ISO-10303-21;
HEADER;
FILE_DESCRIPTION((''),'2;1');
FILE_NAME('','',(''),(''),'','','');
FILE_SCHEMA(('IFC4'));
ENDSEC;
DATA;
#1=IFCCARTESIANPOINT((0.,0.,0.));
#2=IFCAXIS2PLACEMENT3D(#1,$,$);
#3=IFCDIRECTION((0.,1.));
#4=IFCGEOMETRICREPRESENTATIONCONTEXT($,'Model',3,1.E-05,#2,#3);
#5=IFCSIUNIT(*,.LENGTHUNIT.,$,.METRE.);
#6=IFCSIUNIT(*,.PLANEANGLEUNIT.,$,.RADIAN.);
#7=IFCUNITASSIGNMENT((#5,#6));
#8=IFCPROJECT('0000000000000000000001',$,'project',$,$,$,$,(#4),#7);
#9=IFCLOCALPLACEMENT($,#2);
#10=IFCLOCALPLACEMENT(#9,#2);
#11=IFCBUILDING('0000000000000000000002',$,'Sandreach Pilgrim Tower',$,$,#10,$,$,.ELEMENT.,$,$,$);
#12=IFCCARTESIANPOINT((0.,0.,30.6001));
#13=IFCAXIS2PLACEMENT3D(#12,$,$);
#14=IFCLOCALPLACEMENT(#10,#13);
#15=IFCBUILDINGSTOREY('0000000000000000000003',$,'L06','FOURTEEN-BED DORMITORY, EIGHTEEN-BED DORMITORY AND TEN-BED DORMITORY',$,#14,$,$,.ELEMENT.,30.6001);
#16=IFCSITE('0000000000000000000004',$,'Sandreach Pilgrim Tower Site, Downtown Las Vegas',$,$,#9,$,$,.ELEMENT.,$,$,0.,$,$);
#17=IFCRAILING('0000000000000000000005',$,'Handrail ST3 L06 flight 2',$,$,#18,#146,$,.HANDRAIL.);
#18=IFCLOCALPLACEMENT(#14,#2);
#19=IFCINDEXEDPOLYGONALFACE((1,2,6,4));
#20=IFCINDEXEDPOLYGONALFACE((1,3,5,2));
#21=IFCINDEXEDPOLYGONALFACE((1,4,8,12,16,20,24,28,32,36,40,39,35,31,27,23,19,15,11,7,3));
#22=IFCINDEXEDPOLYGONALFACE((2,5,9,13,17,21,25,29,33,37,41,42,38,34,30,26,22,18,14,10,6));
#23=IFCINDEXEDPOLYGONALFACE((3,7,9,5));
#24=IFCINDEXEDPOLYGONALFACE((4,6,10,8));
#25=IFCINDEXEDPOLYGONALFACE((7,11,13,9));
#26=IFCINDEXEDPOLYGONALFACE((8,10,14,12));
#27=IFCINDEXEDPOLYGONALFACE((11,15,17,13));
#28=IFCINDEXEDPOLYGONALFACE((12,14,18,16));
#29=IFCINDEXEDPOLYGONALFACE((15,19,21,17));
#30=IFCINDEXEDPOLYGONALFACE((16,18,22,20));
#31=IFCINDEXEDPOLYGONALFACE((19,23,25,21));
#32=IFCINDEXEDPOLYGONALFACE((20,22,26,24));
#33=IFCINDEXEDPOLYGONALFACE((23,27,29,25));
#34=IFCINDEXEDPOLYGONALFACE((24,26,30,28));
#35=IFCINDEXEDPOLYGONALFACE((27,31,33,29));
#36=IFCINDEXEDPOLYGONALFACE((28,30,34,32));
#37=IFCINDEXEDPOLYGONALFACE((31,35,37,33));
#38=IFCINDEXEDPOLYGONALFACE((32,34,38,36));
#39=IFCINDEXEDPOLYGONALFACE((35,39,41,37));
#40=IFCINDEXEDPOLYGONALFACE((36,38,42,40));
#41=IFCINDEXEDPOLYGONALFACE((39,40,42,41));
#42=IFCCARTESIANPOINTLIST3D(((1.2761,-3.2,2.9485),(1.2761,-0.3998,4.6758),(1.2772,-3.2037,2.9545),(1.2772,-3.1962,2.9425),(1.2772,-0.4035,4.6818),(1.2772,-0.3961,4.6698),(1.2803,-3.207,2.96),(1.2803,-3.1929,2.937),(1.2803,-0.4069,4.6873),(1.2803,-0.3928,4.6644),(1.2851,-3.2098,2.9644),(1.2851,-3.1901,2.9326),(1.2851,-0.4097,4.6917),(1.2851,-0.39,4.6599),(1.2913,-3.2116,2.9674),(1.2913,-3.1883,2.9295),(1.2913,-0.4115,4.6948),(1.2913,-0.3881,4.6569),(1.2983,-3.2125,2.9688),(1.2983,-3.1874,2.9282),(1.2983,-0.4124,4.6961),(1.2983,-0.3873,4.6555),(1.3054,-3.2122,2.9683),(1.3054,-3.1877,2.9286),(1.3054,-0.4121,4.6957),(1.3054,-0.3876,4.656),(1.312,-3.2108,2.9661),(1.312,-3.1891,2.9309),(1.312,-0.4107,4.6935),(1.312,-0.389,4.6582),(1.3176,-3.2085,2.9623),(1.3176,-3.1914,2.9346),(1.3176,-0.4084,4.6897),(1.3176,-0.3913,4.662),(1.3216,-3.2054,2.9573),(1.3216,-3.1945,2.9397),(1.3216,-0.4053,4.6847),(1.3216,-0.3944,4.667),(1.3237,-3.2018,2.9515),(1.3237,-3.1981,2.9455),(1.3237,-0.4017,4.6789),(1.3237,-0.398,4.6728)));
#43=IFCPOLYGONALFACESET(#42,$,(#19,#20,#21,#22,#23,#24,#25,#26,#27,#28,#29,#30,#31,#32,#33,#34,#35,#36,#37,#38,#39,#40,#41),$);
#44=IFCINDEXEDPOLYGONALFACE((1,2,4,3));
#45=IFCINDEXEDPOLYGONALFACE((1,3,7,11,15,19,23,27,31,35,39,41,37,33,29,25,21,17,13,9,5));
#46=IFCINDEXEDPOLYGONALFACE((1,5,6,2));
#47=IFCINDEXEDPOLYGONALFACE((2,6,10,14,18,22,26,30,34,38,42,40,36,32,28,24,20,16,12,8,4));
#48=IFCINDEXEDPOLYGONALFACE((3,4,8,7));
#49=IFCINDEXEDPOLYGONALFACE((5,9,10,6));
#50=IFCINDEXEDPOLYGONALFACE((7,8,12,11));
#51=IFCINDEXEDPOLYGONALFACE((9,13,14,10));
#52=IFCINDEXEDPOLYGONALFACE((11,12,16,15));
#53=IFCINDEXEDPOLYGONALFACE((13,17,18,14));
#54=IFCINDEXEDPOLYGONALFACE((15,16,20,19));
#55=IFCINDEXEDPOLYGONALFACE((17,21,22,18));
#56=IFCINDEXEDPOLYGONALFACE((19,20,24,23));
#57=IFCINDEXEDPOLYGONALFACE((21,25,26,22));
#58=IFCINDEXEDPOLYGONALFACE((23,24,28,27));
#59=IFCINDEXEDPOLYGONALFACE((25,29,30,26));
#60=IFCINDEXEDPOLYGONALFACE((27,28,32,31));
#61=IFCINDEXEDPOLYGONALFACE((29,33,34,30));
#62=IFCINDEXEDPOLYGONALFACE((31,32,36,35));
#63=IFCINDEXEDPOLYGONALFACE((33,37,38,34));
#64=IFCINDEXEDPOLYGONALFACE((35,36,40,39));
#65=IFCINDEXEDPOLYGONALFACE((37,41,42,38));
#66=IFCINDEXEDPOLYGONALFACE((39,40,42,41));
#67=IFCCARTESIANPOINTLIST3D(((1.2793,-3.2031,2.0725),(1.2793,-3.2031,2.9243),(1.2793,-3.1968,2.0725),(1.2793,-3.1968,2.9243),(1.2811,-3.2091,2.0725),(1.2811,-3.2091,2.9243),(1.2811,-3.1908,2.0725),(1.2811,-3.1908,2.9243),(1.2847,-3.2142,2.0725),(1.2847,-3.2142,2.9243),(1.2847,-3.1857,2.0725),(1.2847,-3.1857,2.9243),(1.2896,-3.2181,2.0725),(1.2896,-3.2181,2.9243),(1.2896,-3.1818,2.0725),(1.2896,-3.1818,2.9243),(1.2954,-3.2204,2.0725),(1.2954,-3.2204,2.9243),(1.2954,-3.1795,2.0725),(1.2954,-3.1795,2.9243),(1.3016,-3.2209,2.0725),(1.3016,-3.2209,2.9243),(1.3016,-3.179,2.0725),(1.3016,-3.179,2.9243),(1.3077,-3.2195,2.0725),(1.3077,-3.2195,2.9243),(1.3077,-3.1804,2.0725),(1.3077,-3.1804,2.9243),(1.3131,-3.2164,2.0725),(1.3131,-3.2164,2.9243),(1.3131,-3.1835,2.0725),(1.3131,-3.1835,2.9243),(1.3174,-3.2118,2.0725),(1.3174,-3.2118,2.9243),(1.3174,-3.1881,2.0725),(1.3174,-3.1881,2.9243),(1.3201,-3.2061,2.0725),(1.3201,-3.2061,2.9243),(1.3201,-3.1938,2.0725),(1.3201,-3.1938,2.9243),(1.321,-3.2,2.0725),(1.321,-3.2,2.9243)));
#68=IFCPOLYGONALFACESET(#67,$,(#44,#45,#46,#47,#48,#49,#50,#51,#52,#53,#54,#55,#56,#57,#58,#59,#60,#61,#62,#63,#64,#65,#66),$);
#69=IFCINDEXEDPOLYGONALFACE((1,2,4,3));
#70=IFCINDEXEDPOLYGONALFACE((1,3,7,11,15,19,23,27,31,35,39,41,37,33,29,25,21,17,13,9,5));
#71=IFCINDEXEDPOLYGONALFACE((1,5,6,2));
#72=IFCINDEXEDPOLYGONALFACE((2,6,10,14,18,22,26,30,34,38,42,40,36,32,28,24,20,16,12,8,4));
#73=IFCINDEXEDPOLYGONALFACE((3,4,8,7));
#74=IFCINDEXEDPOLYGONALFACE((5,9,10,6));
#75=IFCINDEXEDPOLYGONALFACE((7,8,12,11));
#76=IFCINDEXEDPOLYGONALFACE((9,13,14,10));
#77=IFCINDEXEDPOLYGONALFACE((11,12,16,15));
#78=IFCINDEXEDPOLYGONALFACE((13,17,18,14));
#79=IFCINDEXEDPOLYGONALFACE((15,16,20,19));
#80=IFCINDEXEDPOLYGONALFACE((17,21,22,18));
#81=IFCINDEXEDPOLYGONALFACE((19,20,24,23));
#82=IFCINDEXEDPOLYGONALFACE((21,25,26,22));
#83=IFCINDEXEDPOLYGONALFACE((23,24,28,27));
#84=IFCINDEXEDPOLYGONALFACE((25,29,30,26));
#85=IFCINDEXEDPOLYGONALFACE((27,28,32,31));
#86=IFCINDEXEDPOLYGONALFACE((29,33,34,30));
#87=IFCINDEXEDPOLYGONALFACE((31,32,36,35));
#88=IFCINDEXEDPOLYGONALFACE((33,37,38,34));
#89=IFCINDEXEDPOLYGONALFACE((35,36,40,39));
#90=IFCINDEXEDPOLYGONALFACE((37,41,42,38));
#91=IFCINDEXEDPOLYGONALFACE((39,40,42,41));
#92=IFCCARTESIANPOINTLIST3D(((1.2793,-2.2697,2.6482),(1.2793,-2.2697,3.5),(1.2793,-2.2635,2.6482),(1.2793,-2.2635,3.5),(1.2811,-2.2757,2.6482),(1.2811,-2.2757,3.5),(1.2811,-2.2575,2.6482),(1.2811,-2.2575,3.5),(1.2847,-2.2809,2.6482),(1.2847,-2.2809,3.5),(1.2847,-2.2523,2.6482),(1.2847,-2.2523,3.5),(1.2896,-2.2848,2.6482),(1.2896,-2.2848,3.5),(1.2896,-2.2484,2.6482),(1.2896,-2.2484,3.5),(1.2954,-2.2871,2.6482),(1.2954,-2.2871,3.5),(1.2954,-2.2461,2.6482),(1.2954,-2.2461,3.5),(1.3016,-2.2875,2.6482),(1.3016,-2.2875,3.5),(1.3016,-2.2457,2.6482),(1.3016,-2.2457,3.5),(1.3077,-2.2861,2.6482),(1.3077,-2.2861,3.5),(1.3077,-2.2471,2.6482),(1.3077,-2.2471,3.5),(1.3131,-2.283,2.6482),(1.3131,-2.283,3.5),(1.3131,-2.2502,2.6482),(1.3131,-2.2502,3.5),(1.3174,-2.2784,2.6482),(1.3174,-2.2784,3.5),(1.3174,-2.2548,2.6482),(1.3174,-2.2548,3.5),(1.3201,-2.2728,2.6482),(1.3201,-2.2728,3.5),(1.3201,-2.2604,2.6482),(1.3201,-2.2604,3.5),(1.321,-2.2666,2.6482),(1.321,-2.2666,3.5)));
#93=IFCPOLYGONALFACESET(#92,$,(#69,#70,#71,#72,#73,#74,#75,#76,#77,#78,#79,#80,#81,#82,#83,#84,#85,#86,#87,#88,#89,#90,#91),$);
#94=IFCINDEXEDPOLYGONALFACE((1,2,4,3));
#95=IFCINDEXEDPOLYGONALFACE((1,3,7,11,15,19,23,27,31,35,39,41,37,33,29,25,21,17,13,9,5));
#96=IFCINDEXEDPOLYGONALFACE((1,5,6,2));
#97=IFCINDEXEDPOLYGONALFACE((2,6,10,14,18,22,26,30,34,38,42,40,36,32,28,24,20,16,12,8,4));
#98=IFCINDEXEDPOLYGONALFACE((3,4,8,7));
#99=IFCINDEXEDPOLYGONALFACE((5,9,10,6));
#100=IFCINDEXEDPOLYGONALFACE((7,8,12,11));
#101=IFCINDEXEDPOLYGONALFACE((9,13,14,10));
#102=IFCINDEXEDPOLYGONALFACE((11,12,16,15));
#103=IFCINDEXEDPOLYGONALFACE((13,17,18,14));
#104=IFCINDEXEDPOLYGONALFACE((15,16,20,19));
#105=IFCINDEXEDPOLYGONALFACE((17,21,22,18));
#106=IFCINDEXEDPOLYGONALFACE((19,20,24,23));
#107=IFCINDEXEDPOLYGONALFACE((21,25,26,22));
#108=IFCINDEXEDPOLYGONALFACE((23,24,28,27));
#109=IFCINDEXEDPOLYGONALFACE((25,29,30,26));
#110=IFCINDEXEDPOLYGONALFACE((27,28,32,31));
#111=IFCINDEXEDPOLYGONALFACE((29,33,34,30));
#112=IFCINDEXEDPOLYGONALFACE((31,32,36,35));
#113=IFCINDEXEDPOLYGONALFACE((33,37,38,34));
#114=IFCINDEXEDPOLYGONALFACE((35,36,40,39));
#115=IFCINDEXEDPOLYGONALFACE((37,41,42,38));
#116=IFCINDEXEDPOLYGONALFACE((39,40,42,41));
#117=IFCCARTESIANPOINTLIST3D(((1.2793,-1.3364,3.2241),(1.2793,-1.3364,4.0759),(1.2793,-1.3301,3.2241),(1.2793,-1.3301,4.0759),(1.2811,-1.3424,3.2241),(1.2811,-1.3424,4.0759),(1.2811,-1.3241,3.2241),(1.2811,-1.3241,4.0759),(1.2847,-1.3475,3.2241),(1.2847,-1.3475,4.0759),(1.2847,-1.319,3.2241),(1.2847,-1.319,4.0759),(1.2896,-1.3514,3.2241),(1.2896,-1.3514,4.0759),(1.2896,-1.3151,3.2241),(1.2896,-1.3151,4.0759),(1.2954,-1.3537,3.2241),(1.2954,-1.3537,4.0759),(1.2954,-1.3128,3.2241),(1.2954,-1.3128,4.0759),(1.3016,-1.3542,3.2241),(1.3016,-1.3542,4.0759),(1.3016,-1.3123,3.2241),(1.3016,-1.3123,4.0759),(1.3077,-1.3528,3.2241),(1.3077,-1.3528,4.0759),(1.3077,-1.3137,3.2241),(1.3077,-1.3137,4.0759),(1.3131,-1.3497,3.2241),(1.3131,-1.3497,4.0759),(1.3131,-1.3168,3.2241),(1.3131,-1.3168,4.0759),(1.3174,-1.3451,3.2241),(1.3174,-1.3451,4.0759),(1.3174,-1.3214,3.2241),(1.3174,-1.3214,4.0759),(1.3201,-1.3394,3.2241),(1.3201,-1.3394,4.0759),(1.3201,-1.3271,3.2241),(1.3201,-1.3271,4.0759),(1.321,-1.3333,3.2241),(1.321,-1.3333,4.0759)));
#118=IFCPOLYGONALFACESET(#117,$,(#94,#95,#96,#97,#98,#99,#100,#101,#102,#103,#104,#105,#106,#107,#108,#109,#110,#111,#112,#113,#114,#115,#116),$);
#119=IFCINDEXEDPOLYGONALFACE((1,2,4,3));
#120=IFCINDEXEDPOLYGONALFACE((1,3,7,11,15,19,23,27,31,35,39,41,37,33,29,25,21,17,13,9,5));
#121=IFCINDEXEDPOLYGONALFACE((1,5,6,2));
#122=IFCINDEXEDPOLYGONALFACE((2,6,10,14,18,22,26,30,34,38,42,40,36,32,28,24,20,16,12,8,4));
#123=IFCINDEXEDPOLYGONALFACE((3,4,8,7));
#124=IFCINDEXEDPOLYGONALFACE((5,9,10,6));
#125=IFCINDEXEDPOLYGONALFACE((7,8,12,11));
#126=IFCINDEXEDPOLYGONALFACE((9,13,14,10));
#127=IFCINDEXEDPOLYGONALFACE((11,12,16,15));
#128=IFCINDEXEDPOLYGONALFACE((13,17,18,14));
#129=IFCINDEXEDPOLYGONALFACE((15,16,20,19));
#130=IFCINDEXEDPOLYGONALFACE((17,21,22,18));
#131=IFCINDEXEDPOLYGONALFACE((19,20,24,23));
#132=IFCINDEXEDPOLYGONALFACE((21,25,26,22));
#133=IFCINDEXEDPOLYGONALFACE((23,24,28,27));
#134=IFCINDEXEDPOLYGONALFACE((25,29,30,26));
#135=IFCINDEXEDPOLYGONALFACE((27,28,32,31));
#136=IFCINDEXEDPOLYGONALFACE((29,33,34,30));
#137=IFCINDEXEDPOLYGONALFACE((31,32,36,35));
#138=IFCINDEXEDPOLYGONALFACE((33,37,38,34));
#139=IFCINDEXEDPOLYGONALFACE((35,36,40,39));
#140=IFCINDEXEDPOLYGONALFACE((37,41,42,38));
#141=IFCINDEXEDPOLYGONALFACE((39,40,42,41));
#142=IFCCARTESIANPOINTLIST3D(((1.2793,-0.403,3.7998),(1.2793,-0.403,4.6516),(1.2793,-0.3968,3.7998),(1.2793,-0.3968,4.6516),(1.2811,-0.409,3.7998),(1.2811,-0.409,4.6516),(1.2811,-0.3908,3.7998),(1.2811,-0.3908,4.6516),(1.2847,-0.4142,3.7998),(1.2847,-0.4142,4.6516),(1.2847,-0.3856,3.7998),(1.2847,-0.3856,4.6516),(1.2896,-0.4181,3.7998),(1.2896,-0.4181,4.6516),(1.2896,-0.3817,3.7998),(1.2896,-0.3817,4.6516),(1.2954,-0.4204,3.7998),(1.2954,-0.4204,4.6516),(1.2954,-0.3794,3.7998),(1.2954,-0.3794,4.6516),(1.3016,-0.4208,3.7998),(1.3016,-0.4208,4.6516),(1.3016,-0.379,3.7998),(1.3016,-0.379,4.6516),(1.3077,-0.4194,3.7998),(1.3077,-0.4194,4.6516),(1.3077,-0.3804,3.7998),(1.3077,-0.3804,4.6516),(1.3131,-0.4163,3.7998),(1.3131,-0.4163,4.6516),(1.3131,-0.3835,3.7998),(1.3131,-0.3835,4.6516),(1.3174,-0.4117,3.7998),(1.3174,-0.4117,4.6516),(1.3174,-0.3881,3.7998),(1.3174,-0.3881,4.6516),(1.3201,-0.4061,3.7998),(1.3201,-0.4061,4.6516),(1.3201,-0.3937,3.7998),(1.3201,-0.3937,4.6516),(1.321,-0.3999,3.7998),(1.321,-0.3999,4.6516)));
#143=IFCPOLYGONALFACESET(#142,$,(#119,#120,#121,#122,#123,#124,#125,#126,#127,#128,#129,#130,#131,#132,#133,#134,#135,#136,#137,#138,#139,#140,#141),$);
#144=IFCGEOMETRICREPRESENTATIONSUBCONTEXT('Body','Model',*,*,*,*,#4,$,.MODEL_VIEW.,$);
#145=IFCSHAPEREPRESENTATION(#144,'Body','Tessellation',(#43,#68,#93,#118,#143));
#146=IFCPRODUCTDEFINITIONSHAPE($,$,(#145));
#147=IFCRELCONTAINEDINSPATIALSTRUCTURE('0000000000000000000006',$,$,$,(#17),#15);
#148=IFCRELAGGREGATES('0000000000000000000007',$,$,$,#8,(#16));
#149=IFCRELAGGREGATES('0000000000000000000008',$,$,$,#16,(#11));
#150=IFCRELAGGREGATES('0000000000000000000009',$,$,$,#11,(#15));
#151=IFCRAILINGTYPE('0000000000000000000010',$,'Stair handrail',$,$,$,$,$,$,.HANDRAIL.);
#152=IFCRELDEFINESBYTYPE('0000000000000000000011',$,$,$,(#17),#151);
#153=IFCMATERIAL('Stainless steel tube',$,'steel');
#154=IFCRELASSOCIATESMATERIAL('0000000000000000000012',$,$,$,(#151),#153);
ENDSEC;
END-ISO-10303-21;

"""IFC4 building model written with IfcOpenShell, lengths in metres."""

from ifc_helpers import new_model, si_unit, direction, frame, origin, origin_2d, place, context, subcontext, project, spatial, circle, extrude, material, type_object, element, save


model = new_model("IFC4")

# Units and contexts
model_context = context("Model", 3, precision=1e-05, world=origin(), true_north=direction((0.0, 1.0)))
body_context = subcontext(model_context, "Body", "Model", "MODEL_VIEW")
ifc_project = project(units=[si_unit("LENGTHUNIT", "METRE"), si_unit("PLANEANGLEUNIT", "RADIAN")], contexts=[model_context])

# Site, building, storey
site_placement = place(None, origin())
site = spatial("IfcSite", under=ifc_project, at=site_placement, Name="Sandreach Pilgrim Tower Site, Downtown Las Vegas", CompositionType="ELEMENT", RefElevation=0.0)
building_placement = place(site_placement, origin())
building = spatial("IfcBuilding", under=site, at=building_placement, Name="Sandreach Pilgrim Tower", CompositionType="ELEMENT")
storey_placement = place(building_placement, frame((0.0, 0.0, 30.6001)))
storey = spatial("IfcBuildingStorey", under=building, at=storey_placement, Name="L06", Description="FOURTEEN-BED DORMITORY, EIGHTEEN-BED DORMITORY AND TEN-BED DORMITORY", CompositionType="ELEMENT", Elevation=30.6001)

# Railing
ifc_material_1 = material(Name="Stainless steel tube", Category="steel")
railing_type = type_object("IfcRailingType", Name="Stair handrail", PredefinedType="HANDRAIL", material=ifc_material_1)
for number, where, name in (
    (1, (1.3, -3.2, 2.0725), "Handrail ST3 L06 flight 2"),
):
    element("IfcRailing", number, at=place(storey_placement, frame(where)), inside=storey, type_object=railing_type, Name=name, PredefinedType="HANDRAIL", context=body_context, shape_type="SweptSolid", body=[
        extrude(circle(Radius=0.0239, at=origin_2d()), frame((0.0, 0.0, 0.876), z_axis=(0.0, 0.85109, 0.52502), x_axis=(-1.0, 0.0, 0.0)), (0.0, 0.0, 1.0), 3.29),
        extrude(circle(Radius=0.021, at=origin_2d()), origin(), (0.0, 0.0, 1.0), 0.8518),
        extrude(circle(Radius=0.021, at=origin_2d()), frame((0.0, 0.9333, 0.5757)), (0.0, 0.0, 1.0), 0.8518),
        extrude(circle(Radius=0.021, at=origin_2d()), frame((0.0, 1.8667, 1.1516)), (0.0, 0.0, 1.0), 0.8518),
        extrude(circle(Radius=0.021, at=origin_2d()), frame((0.0, 2.8, 1.7273)), (0.0, 0.0, 1.0), 0.8518),
    ])

save(model, "model.ifc")
